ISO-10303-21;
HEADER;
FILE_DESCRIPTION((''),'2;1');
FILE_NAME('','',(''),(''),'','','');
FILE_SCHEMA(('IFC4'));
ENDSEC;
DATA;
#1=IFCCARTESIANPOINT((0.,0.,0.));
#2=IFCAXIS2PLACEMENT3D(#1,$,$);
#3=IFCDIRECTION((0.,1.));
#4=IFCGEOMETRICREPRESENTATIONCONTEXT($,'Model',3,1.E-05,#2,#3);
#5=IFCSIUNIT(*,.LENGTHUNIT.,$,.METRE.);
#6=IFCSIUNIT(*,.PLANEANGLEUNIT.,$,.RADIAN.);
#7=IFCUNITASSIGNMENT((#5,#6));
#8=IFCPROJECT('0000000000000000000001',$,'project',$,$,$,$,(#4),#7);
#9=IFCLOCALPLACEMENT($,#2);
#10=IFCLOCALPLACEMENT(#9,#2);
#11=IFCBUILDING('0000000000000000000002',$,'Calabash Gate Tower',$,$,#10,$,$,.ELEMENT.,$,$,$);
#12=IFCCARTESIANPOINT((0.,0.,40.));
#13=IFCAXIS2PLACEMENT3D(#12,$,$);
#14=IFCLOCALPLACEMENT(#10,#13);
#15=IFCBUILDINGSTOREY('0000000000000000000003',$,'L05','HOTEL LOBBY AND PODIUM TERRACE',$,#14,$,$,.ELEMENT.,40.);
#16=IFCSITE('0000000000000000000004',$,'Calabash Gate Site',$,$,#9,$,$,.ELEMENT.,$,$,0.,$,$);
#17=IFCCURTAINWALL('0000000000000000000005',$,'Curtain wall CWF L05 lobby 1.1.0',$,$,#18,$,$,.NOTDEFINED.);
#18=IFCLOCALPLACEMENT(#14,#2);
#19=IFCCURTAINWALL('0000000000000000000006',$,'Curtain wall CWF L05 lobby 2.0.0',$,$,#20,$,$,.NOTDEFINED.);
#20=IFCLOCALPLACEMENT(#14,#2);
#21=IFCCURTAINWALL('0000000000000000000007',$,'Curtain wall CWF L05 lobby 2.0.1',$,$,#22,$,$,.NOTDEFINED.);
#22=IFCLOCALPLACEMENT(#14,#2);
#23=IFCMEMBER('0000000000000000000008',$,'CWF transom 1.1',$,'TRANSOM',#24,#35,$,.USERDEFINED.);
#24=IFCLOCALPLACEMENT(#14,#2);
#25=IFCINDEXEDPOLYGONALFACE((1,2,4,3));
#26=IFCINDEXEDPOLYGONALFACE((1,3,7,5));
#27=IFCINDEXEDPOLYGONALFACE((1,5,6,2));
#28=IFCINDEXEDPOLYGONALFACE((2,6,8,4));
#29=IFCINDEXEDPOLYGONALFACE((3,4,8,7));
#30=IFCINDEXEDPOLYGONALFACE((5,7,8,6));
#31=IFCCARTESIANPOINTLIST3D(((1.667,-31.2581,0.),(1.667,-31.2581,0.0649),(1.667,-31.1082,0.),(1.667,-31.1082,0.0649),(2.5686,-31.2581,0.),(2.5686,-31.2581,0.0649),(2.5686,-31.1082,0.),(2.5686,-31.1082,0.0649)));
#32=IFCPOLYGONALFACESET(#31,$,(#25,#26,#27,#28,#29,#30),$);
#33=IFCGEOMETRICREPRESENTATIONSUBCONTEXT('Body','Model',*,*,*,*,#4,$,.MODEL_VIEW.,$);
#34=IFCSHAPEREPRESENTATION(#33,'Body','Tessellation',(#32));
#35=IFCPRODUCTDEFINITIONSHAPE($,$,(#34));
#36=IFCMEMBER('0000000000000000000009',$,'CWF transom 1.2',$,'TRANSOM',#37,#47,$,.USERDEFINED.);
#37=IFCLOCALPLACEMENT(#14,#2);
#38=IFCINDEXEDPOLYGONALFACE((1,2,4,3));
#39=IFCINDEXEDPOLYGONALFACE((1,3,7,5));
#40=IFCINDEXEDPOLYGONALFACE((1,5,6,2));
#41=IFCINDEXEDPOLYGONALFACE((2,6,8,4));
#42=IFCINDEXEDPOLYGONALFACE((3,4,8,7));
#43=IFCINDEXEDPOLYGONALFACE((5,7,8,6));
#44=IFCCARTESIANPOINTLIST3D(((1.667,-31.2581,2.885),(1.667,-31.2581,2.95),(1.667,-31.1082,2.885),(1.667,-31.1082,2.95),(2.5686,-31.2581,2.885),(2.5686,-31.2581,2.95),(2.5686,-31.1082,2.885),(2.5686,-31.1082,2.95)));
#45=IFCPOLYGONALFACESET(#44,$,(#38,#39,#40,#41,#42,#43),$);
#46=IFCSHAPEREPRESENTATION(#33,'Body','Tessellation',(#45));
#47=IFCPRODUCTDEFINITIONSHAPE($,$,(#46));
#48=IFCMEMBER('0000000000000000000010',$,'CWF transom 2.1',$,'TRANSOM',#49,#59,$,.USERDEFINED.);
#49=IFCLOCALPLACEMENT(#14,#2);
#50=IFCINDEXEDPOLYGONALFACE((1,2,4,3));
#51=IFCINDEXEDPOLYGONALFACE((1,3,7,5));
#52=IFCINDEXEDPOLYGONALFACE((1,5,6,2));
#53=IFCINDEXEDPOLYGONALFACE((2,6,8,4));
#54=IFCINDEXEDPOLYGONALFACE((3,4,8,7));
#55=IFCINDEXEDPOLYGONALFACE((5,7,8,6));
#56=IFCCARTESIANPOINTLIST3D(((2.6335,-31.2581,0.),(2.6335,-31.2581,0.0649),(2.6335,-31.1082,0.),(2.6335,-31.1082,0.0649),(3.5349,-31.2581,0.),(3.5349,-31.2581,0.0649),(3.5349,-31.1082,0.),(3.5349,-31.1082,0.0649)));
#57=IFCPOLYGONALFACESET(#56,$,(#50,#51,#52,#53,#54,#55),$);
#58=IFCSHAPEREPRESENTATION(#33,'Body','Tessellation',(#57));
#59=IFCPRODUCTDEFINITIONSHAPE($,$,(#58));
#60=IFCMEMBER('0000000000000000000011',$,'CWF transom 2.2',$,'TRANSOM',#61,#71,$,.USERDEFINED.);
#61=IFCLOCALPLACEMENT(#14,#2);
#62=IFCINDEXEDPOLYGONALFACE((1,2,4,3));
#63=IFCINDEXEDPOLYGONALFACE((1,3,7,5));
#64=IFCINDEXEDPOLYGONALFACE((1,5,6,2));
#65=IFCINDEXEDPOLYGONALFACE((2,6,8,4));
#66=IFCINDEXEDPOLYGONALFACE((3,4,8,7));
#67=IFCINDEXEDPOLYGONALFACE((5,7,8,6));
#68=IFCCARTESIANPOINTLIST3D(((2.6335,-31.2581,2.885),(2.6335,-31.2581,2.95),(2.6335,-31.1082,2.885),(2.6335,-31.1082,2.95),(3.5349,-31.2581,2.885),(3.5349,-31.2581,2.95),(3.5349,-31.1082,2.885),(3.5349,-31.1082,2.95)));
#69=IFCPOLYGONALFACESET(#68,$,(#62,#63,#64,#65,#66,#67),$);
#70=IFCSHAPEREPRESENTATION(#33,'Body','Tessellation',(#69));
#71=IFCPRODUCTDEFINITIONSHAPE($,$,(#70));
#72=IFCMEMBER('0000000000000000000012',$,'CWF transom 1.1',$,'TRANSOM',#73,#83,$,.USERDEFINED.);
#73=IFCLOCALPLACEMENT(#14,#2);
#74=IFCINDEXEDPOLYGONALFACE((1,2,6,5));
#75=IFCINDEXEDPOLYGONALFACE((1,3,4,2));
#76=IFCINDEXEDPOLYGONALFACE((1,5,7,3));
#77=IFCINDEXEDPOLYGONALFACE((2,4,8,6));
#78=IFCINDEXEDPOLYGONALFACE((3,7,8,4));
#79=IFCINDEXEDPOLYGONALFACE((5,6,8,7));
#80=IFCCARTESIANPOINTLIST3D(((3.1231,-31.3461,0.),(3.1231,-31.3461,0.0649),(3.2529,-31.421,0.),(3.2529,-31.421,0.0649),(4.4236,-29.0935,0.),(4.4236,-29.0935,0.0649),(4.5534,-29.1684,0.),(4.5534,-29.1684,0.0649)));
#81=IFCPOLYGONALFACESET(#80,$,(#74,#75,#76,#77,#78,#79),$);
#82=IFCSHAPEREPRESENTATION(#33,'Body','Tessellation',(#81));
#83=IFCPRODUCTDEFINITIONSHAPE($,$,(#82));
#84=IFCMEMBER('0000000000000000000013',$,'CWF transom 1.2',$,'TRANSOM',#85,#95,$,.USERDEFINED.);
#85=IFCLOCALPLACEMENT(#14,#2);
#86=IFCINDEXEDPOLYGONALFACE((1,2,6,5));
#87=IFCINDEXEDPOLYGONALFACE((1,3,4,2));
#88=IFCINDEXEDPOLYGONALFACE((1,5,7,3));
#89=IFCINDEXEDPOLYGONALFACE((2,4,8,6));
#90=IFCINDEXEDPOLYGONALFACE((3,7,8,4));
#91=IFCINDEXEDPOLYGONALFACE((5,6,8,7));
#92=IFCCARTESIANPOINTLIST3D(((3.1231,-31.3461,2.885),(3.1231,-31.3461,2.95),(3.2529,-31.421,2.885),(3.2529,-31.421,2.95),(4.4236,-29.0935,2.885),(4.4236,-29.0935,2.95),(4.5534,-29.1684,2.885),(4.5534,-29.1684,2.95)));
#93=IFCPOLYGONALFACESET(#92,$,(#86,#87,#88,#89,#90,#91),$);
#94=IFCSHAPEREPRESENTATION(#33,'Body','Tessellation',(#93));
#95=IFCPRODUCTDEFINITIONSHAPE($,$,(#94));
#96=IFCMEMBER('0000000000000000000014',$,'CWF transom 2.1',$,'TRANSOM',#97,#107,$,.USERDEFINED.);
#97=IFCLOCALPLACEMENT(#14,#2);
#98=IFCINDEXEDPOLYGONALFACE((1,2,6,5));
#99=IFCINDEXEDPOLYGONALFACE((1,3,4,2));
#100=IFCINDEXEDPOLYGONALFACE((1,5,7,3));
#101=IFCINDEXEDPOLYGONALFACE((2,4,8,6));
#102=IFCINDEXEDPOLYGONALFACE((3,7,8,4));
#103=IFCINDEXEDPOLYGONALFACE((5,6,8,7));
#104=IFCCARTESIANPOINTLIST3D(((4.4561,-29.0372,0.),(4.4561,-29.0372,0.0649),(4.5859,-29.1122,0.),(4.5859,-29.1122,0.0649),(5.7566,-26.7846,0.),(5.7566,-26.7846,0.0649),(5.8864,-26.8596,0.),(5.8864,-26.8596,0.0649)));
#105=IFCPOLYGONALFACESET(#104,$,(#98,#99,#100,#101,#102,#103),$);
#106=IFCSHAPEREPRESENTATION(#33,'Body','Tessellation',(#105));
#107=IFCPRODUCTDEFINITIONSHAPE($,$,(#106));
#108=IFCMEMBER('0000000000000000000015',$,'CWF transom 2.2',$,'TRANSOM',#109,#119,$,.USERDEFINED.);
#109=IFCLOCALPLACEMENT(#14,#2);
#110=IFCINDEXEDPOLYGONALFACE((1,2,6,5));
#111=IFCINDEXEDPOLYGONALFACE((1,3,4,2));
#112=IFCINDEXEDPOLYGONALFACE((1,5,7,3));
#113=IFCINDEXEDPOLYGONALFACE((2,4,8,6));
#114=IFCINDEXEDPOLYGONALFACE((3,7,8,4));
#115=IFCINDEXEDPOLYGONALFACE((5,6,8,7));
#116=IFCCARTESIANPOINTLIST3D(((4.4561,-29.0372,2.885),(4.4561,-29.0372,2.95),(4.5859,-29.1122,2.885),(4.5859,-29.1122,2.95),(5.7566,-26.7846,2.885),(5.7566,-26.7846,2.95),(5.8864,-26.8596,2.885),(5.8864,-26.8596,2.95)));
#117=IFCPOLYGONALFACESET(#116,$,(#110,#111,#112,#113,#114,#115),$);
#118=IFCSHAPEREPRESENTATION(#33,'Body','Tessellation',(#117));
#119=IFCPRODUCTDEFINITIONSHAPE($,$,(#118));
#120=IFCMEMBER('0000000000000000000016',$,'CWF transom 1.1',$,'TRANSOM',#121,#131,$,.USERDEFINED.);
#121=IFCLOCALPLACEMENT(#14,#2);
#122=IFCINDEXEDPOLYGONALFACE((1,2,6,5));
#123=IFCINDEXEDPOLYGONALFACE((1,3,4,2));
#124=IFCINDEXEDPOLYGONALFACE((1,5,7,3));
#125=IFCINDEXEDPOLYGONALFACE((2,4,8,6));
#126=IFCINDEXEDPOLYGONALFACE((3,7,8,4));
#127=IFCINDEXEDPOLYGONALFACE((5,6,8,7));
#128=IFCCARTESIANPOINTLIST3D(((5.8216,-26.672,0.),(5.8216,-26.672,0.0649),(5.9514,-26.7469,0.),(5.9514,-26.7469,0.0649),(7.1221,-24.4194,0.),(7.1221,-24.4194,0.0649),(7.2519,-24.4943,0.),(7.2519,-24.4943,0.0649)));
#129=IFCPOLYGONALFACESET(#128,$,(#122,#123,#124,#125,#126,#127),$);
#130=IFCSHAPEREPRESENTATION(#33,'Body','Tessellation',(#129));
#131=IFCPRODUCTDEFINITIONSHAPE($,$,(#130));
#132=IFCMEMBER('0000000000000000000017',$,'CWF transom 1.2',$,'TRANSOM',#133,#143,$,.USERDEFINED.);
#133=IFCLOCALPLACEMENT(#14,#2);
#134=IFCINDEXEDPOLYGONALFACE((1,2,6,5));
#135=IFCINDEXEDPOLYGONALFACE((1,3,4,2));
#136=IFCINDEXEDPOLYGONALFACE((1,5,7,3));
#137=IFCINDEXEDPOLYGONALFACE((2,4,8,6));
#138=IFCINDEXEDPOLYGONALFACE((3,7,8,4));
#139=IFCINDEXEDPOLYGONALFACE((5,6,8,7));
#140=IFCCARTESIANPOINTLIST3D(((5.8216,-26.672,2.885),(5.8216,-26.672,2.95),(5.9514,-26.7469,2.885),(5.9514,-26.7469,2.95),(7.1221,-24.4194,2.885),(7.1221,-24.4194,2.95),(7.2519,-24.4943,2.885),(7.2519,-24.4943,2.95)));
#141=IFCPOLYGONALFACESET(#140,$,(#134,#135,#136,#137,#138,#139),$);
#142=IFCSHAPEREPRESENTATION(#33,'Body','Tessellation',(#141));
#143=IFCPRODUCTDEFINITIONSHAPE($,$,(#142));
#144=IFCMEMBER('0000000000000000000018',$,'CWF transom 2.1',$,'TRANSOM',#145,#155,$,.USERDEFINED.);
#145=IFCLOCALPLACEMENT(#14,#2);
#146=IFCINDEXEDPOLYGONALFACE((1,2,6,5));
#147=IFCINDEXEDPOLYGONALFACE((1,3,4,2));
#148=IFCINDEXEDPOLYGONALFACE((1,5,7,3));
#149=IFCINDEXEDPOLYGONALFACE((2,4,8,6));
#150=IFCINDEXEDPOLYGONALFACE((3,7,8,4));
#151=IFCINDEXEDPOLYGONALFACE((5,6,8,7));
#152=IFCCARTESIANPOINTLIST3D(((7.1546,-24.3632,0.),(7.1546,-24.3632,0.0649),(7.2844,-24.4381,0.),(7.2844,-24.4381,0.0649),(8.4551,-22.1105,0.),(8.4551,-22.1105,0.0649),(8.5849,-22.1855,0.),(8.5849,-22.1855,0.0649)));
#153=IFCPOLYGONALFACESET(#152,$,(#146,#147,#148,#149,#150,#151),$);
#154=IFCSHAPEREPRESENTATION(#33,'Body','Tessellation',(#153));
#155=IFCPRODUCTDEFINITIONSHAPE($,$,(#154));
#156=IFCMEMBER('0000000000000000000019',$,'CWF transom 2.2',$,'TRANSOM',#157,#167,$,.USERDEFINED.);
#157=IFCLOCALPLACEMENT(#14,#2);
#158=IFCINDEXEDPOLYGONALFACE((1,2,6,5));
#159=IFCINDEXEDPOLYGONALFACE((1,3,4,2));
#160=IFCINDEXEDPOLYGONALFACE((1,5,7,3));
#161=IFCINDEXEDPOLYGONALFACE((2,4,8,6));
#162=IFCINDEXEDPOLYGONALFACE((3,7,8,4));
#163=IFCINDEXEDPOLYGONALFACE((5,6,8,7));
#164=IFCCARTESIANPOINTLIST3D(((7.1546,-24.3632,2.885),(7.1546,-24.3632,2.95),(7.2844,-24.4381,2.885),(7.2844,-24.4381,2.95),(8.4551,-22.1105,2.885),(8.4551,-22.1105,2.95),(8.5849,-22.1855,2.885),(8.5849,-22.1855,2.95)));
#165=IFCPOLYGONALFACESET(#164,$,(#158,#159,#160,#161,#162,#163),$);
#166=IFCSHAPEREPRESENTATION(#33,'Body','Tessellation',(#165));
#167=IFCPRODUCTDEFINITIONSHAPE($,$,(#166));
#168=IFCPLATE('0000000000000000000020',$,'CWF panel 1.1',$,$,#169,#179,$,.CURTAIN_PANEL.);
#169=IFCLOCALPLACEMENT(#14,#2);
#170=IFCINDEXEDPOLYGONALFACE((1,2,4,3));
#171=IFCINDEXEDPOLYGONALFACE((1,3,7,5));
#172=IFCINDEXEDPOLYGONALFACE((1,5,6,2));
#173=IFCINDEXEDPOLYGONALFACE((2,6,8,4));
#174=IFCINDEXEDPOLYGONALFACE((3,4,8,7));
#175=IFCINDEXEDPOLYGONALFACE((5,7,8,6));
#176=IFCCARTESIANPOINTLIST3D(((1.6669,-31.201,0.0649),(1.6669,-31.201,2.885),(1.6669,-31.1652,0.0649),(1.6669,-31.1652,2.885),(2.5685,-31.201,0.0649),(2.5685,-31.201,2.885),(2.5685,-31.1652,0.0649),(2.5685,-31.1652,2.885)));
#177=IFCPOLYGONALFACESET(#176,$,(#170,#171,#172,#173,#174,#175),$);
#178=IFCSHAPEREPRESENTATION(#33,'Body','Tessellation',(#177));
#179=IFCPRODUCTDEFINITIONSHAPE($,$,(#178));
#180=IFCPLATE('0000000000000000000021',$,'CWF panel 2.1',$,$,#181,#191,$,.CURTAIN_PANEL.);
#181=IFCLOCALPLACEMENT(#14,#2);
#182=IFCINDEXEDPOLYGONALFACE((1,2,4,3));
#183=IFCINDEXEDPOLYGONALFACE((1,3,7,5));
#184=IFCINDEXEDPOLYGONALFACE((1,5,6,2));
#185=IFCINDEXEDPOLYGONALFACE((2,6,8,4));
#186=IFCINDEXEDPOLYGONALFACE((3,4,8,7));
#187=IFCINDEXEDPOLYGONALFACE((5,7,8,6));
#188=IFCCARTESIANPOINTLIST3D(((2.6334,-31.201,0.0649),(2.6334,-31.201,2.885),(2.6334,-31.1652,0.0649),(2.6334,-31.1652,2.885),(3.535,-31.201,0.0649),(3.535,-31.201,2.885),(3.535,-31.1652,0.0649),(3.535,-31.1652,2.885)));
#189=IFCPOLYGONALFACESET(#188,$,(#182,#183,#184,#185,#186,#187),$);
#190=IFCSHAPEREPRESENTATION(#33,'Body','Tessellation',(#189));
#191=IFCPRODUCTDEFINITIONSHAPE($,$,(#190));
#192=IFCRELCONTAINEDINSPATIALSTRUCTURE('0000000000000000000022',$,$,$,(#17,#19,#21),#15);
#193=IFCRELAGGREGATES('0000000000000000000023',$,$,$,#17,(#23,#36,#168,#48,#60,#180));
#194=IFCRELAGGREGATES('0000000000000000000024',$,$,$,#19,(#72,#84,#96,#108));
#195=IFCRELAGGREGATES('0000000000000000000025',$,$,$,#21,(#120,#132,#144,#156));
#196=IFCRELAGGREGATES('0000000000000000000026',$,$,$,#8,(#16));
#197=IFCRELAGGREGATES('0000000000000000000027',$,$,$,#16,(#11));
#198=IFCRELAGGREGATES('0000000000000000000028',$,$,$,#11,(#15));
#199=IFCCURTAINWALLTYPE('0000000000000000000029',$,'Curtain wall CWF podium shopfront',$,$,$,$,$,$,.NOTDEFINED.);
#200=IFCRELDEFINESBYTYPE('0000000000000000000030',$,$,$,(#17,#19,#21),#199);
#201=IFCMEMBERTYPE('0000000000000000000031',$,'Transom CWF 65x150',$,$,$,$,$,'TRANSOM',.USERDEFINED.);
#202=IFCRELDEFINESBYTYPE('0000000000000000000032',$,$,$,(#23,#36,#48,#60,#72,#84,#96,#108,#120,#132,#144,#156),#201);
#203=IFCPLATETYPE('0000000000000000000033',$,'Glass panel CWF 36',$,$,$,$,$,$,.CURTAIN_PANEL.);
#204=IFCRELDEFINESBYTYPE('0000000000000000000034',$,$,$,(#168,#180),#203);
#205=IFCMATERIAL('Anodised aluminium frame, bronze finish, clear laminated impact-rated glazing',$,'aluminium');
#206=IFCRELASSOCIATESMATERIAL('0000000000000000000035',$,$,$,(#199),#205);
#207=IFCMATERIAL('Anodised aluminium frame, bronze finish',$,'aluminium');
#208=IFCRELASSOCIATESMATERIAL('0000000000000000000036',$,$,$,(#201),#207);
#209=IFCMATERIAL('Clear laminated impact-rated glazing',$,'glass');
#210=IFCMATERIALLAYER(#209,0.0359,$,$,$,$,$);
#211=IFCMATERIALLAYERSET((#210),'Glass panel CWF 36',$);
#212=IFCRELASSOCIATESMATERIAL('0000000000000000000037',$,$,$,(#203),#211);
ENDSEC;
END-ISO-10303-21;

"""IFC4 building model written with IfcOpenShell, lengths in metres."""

from ifc_helpers import new_model, si_unit, direction, frame, origin, origin_2d, place, context, subcontext, project, spatial, rectangle, extrude, material, layer, layer_set, material_profile, profile_set, type_object, element, aggregate, save


model = new_model("IFC4")

# Units and contexts
model_context = context("Model", 3, precision=1e-05, world=origin(), true_north=direction((0.0, 1.0)))
body_context = subcontext(model_context, "Body", "Model", "MODEL_VIEW")
ifc_project = project(units=[si_unit("LENGTHUNIT", "METRE"), si_unit("PLANEANGLEUNIT", "RADIAN")], contexts=[model_context])

# Site, building, storey
site_placement = place(None, origin())
site = spatial("IfcSite", under=ifc_project, at=site_placement, Name="Calabash Gate Site", CompositionType="ELEMENT", RefElevation=0.0)
building_placement = place(site_placement, origin())
building = spatial("IfcBuilding", under=site, at=building_placement, Name="Calabash Gate Tower", CompositionType="ELEMENT")
storey_placement = place(building_placement, frame((0.0, 0.0, 40.0)))
storey = spatial("IfcBuildingStorey", under=building, at=storey_placement, Name="L05", Description="HOTEL LOBBY AND PODIUM TERRACE", CompositionType="ELEMENT", Elevation=40.0)

# Curtain walls
ifc_material_1 = material(Name="Anodised aluminium frame, bronze finish, clear laminated impact-rated glazing", Category="aluminium")
curtain_wall_type = type_object("IfcCurtainWallType", Name="Curtain wall CWF podium shopfront", PredefinedType="NOTDEFINED", material=ifc_material_1)
curtain_wall_1_placement = place(storey_placement, origin())
curtain_wall_1 = element("IfcCurtainWall", 1, at=curtain_wall_1_placement, inside=storey, type_object=curtain_wall_type, Name="Curtain wall CWF L05 lobby 1.1.0", PredefinedType="NOTDEFINED")
curtain_wall_2_placement = place(storey_placement, origin())
curtain_wall_2 = element("IfcCurtainWall", 2, at=curtain_wall_2_placement, inside=storey, type_object=curtain_wall_type, Name="Curtain wall CWF L05 lobby 2.0.0", PredefinedType="NOTDEFINED")
curtain_wall_3_placement = place(storey_placement, origin())
curtain_wall_3 = element("IfcCurtainWall", 3, at=curtain_wall_3_placement, inside=storey, type_object=curtain_wall_type, Name="Curtain wall CWF L05 lobby 2.0.1", PredefinedType="NOTDEFINED")

# Members
ifc_material_2 = material(Name="Anodised aluminium frame, bronze finish", Category="aluminium")
ifc_material_profile_1 = material_profile(ifc_material_2, rectangle(XDim=0.1499, YDim=0.0649, at=origin_2d()))
ifc_profile_set_1 = profile_set([ifc_material_profile_1], Name="Anodised aluminium frame, bronze finish")
member_type_1 = type_object("IfcMemberType", Name="Transom CWF 65x150", ElementType="TRANSOM", PredefinedType="USERDEFINED", material=ifc_profile_set_1)
member_1_placement = place(storey_placement, frame((1.667, -31.1831, 0.0325), z_axis=(1.0, 0.0, 0.0), x_axis=(0.0, 1.0, 0.0)))
member_1 = element("IfcMember", 4, at=member_1_placement, type_object=member_type_1, Name="CWF transom 1.1", ObjectType="TRANSOM", PredefinedType="USERDEFINED", context=body_context, shape_type="SweptSolid", body=[
    extrude(rectangle(XDim=0.1499, YDim=0.0649, at=origin_2d()), origin(), (0.0, 0.0, 1.0), 0.9016),
])
member_2_placement = place(storey_placement, frame((1.667, -31.1831, 2.9175), z_axis=(1.0, 0.0, 0.0), x_axis=(0.0, 1.0, 0.0)))
member_2 = element("IfcMember", 5, at=member_2_placement, type_object=member_type_1, Name="CWF transom 1.2", ObjectType="TRANSOM", PredefinedType="USERDEFINED", context=body_context, shape_type="SweptSolid", body=[
    extrude(rectangle(XDim=0.1499, YDim=0.0649, at=origin_2d()), origin(), (0.0, 0.0, 1.0), 0.9016),
])
member_3_placement = place(storey_placement, frame((2.6335, -31.1831, 0.0325), z_axis=(1.0, 0.0, 0.0), x_axis=(0.0, 1.0, 0.0)))
member_3 = element("IfcMember", 6, at=member_3_placement, type_object=member_type_1, Name="CWF transom 2.1", ObjectType="TRANSOM", PredefinedType="USERDEFINED", context=body_context, shape_type="SweptSolid", body=[
    extrude(rectangle(XDim=0.1499, YDim=0.0649, at=origin_2d()), origin(), (0.0, 0.0, 1.0), 0.9014),
])
member_4_placement = place(storey_placement, frame((2.6335, -31.1831, 2.9175), z_axis=(1.0, 0.0, 0.0), x_axis=(0.0, 1.0, 0.0)))
member_4 = element("IfcMember", 7, at=member_4_placement, type_object=member_type_1, Name="CWF transom 2.2", ObjectType="TRANSOM", PredefinedType="USERDEFINED", context=body_context, shape_type="SweptSolid", body=[
    extrude(rectangle(XDim=0.1499, YDim=0.0649, at=origin_2d()), origin(), (0.0, 0.0, 1.0), 0.9014),
])
member_5_placement = place(storey_placement, frame((3.188, -31.3835, 0.0325), z_axis=(0.499985, 0.866034, 0.0), x_axis=(-0.866034, 0.499985, 0.0)))
member_5 = element("IfcMember", 8, at=member_5_placement, type_object=member_type_1, Name="CWF transom 1.1", ObjectType="TRANSOM", PredefinedType="USERDEFINED", context=body_context, shape_type="SweptSolid", body=[
    extrude(rectangle(XDim=0.1499, YDim=0.0649, at=origin_2d()), origin(), (0.0, 0.0, 1.0), 2.6011),
])
member_6_placement = place(storey_placement, frame((3.188, -31.3835, 2.9175), z_axis=(0.499985, 0.866034, 0.0), x_axis=(-0.866034, 0.499985, 0.0)))
member_6 = element("IfcMember", 9, at=member_6_placement, type_object=member_type_1, Name="CWF transom 1.2", ObjectType="TRANSOM", PredefinedType="USERDEFINED", context=body_context, shape_type="SweptSolid", body=[
    extrude(rectangle(XDim=0.1499, YDim=0.0649, at=origin_2d()), origin(), (0.0, 0.0, 1.0), 2.6011),
])
member_7_placement = place(storey_placement, frame((4.521, -29.0747, 0.0325), z_axis=(0.499985, 0.866034, 0.0), x_axis=(-0.866034, 0.499985, 0.0)))
member_7 = element("IfcMember", 10, at=member_7_placement, type_object=member_type_1, Name="CWF transom 2.1", ObjectType="TRANSOM", PredefinedType="USERDEFINED", context=body_context, shape_type="SweptSolid", body=[
    extrude(rectangle(XDim=0.1499, YDim=0.0649, at=origin_2d()), origin(), (0.0, 0.0, 1.0), 2.6011),
])
member_8_placement = place(storey_placement, frame((4.521, -29.0747, 2.9175), z_axis=(0.499985, 0.866034, 0.0), x_axis=(-0.866034, 0.499985, 0.0)))
member_8 = element("IfcMember", 11, at=member_8_placement, type_object=member_type_1, Name="CWF transom 2.2", ObjectType="TRANSOM", PredefinedType="USERDEFINED", context=body_context, shape_type="SweptSolid", body=[
    extrude(rectangle(XDim=0.1499, YDim=0.0649, at=origin_2d()), origin(), (0.0, 0.0, 1.0), 2.6011),
])
member_9_placement = place(storey_placement, frame((5.8865, -26.7095, 0.0325), z_axis=(0.499985, 0.866034, 0.0), x_axis=(-0.866034, 0.499985, 0.0)))
member_9 = element("IfcMember", 12, at=member_9_placement, type_object=member_type_1, Name="CWF transom 1.1", ObjectType="TRANSOM", PredefinedType="USERDEFINED", context=body_context, shape_type="SweptSolid", body=[
    extrude(rectangle(XDim=0.1499, YDim=0.0649, at=origin_2d()), origin(), (0.0, 0.0, 1.0), 2.6011),
])
member_10_placement = place(storey_placement, frame((5.8865, -26.7095, 2.9175), z_axis=(0.499985, 0.866034, 0.0), x_axis=(-0.866034, 0.499985, 0.0)))
member_10 = element("IfcMember", 13, at=member_10_placement, type_object=member_type_1, Name="CWF transom 1.2", ObjectType="TRANSOM", PredefinedType="USERDEFINED", context=body_context, shape_type="SweptSolid", body=[
    extrude(rectangle(XDim=0.1499, YDim=0.0649, at=origin_2d()), origin(), (0.0, 0.0, 1.0), 2.6011),
])
member_11_placement = place(storey_placement, frame((7.2195, -24.4006, 0.0325), z_axis=(0.499985, 0.866034, 0.0), x_axis=(-0.866034, 0.499985, 0.0)))
member_11 = element("IfcMember", 14, at=member_11_placement, type_object=member_type_1, Name="CWF transom 2.1", ObjectType="TRANSOM", PredefinedType="USERDEFINED", context=body_context, shape_type="SweptSolid", body=[
    extrude(rectangle(XDim=0.1499, YDim=0.0649, at=origin_2d()), origin(), (0.0, 0.0, 1.0), 2.6011),
])
member_12_placement = place(storey_placement, frame((7.2195, -24.4006, 2.9175), z_axis=(0.499985, 0.866034, 0.0), x_axis=(-0.866034, 0.499985, 0.0)))
member_12 = element("IfcMember", 15, at=member_12_placement, type_object=member_type_1, Name="CWF transom 2.2", ObjectType="TRANSOM", PredefinedType="USERDEFINED", context=body_context, shape_type="SweptSolid", body=[
    extrude(rectangle(XDim=0.1499, YDim=0.0649, at=origin_2d()), origin(), (0.0, 0.0, 1.0), 2.6011),
])

# Plates
ifc_material_3 = material(Name="Clear laminated impact-rated glazing", Category="glass")
ifc_layer_1 = layer(ifc_material_3, 0.0359)
ifc_layer_set_1 = layer_set([ifc_layer_1], Name="Glass panel CWF 36")
plate_type = type_object("IfcPlateType", Name="Glass panel CWF 36", PredefinedType="CURTAIN_PANEL", material=ifc_layer_set_1)
plate_1_placement = place(storey_placement, frame((2.1177, -31.1831, 0.0649), z_axis=(0.0, 0.0, 1.0), x_axis=(1.0, 0.0, 0.0)))
plate_1 = element("IfcPlate", 16, at=plate_1_placement, type_object=plate_type, Name="CWF panel 1.1", PredefinedType="CURTAIN_PANEL", context=body_context, shape_type="SweptSolid", body=[
    extrude(rectangle(XDim=0.9016, YDim=0.0359, at=origin_2d()), origin(), (0.0, 0.0, 1.0), 2.8201),
])
plate_2_placement = place(storey_placement, frame((3.0842, -31.1831, 0.0649), z_axis=(0.0, 0.0, 1.0), x_axis=(1.0, 0.0, 0.0)))
plate_2 = element("IfcPlate", 17, at=plate_2_placement, type_object=plate_type, Name="CWF panel 2.1", PredefinedType="CURTAIN_PANEL", context=body_context, shape_type="SweptSolid", body=[
    extrude(rectangle(XDim=0.9016, YDim=0.0359, at=origin_2d()), origin(), (0.0, 0.0, 1.0), 2.8201),
])
aggregate(curtain_wall_1, [member_1, member_2, plate_1, member_3, member_4, plate_2])
aggregate(curtain_wall_2, [member_5, member_6, member_7, member_8])
aggregate(curtain_wall_3, [member_9, member_10, member_11, member_12])

save(model, "model.ifc")
